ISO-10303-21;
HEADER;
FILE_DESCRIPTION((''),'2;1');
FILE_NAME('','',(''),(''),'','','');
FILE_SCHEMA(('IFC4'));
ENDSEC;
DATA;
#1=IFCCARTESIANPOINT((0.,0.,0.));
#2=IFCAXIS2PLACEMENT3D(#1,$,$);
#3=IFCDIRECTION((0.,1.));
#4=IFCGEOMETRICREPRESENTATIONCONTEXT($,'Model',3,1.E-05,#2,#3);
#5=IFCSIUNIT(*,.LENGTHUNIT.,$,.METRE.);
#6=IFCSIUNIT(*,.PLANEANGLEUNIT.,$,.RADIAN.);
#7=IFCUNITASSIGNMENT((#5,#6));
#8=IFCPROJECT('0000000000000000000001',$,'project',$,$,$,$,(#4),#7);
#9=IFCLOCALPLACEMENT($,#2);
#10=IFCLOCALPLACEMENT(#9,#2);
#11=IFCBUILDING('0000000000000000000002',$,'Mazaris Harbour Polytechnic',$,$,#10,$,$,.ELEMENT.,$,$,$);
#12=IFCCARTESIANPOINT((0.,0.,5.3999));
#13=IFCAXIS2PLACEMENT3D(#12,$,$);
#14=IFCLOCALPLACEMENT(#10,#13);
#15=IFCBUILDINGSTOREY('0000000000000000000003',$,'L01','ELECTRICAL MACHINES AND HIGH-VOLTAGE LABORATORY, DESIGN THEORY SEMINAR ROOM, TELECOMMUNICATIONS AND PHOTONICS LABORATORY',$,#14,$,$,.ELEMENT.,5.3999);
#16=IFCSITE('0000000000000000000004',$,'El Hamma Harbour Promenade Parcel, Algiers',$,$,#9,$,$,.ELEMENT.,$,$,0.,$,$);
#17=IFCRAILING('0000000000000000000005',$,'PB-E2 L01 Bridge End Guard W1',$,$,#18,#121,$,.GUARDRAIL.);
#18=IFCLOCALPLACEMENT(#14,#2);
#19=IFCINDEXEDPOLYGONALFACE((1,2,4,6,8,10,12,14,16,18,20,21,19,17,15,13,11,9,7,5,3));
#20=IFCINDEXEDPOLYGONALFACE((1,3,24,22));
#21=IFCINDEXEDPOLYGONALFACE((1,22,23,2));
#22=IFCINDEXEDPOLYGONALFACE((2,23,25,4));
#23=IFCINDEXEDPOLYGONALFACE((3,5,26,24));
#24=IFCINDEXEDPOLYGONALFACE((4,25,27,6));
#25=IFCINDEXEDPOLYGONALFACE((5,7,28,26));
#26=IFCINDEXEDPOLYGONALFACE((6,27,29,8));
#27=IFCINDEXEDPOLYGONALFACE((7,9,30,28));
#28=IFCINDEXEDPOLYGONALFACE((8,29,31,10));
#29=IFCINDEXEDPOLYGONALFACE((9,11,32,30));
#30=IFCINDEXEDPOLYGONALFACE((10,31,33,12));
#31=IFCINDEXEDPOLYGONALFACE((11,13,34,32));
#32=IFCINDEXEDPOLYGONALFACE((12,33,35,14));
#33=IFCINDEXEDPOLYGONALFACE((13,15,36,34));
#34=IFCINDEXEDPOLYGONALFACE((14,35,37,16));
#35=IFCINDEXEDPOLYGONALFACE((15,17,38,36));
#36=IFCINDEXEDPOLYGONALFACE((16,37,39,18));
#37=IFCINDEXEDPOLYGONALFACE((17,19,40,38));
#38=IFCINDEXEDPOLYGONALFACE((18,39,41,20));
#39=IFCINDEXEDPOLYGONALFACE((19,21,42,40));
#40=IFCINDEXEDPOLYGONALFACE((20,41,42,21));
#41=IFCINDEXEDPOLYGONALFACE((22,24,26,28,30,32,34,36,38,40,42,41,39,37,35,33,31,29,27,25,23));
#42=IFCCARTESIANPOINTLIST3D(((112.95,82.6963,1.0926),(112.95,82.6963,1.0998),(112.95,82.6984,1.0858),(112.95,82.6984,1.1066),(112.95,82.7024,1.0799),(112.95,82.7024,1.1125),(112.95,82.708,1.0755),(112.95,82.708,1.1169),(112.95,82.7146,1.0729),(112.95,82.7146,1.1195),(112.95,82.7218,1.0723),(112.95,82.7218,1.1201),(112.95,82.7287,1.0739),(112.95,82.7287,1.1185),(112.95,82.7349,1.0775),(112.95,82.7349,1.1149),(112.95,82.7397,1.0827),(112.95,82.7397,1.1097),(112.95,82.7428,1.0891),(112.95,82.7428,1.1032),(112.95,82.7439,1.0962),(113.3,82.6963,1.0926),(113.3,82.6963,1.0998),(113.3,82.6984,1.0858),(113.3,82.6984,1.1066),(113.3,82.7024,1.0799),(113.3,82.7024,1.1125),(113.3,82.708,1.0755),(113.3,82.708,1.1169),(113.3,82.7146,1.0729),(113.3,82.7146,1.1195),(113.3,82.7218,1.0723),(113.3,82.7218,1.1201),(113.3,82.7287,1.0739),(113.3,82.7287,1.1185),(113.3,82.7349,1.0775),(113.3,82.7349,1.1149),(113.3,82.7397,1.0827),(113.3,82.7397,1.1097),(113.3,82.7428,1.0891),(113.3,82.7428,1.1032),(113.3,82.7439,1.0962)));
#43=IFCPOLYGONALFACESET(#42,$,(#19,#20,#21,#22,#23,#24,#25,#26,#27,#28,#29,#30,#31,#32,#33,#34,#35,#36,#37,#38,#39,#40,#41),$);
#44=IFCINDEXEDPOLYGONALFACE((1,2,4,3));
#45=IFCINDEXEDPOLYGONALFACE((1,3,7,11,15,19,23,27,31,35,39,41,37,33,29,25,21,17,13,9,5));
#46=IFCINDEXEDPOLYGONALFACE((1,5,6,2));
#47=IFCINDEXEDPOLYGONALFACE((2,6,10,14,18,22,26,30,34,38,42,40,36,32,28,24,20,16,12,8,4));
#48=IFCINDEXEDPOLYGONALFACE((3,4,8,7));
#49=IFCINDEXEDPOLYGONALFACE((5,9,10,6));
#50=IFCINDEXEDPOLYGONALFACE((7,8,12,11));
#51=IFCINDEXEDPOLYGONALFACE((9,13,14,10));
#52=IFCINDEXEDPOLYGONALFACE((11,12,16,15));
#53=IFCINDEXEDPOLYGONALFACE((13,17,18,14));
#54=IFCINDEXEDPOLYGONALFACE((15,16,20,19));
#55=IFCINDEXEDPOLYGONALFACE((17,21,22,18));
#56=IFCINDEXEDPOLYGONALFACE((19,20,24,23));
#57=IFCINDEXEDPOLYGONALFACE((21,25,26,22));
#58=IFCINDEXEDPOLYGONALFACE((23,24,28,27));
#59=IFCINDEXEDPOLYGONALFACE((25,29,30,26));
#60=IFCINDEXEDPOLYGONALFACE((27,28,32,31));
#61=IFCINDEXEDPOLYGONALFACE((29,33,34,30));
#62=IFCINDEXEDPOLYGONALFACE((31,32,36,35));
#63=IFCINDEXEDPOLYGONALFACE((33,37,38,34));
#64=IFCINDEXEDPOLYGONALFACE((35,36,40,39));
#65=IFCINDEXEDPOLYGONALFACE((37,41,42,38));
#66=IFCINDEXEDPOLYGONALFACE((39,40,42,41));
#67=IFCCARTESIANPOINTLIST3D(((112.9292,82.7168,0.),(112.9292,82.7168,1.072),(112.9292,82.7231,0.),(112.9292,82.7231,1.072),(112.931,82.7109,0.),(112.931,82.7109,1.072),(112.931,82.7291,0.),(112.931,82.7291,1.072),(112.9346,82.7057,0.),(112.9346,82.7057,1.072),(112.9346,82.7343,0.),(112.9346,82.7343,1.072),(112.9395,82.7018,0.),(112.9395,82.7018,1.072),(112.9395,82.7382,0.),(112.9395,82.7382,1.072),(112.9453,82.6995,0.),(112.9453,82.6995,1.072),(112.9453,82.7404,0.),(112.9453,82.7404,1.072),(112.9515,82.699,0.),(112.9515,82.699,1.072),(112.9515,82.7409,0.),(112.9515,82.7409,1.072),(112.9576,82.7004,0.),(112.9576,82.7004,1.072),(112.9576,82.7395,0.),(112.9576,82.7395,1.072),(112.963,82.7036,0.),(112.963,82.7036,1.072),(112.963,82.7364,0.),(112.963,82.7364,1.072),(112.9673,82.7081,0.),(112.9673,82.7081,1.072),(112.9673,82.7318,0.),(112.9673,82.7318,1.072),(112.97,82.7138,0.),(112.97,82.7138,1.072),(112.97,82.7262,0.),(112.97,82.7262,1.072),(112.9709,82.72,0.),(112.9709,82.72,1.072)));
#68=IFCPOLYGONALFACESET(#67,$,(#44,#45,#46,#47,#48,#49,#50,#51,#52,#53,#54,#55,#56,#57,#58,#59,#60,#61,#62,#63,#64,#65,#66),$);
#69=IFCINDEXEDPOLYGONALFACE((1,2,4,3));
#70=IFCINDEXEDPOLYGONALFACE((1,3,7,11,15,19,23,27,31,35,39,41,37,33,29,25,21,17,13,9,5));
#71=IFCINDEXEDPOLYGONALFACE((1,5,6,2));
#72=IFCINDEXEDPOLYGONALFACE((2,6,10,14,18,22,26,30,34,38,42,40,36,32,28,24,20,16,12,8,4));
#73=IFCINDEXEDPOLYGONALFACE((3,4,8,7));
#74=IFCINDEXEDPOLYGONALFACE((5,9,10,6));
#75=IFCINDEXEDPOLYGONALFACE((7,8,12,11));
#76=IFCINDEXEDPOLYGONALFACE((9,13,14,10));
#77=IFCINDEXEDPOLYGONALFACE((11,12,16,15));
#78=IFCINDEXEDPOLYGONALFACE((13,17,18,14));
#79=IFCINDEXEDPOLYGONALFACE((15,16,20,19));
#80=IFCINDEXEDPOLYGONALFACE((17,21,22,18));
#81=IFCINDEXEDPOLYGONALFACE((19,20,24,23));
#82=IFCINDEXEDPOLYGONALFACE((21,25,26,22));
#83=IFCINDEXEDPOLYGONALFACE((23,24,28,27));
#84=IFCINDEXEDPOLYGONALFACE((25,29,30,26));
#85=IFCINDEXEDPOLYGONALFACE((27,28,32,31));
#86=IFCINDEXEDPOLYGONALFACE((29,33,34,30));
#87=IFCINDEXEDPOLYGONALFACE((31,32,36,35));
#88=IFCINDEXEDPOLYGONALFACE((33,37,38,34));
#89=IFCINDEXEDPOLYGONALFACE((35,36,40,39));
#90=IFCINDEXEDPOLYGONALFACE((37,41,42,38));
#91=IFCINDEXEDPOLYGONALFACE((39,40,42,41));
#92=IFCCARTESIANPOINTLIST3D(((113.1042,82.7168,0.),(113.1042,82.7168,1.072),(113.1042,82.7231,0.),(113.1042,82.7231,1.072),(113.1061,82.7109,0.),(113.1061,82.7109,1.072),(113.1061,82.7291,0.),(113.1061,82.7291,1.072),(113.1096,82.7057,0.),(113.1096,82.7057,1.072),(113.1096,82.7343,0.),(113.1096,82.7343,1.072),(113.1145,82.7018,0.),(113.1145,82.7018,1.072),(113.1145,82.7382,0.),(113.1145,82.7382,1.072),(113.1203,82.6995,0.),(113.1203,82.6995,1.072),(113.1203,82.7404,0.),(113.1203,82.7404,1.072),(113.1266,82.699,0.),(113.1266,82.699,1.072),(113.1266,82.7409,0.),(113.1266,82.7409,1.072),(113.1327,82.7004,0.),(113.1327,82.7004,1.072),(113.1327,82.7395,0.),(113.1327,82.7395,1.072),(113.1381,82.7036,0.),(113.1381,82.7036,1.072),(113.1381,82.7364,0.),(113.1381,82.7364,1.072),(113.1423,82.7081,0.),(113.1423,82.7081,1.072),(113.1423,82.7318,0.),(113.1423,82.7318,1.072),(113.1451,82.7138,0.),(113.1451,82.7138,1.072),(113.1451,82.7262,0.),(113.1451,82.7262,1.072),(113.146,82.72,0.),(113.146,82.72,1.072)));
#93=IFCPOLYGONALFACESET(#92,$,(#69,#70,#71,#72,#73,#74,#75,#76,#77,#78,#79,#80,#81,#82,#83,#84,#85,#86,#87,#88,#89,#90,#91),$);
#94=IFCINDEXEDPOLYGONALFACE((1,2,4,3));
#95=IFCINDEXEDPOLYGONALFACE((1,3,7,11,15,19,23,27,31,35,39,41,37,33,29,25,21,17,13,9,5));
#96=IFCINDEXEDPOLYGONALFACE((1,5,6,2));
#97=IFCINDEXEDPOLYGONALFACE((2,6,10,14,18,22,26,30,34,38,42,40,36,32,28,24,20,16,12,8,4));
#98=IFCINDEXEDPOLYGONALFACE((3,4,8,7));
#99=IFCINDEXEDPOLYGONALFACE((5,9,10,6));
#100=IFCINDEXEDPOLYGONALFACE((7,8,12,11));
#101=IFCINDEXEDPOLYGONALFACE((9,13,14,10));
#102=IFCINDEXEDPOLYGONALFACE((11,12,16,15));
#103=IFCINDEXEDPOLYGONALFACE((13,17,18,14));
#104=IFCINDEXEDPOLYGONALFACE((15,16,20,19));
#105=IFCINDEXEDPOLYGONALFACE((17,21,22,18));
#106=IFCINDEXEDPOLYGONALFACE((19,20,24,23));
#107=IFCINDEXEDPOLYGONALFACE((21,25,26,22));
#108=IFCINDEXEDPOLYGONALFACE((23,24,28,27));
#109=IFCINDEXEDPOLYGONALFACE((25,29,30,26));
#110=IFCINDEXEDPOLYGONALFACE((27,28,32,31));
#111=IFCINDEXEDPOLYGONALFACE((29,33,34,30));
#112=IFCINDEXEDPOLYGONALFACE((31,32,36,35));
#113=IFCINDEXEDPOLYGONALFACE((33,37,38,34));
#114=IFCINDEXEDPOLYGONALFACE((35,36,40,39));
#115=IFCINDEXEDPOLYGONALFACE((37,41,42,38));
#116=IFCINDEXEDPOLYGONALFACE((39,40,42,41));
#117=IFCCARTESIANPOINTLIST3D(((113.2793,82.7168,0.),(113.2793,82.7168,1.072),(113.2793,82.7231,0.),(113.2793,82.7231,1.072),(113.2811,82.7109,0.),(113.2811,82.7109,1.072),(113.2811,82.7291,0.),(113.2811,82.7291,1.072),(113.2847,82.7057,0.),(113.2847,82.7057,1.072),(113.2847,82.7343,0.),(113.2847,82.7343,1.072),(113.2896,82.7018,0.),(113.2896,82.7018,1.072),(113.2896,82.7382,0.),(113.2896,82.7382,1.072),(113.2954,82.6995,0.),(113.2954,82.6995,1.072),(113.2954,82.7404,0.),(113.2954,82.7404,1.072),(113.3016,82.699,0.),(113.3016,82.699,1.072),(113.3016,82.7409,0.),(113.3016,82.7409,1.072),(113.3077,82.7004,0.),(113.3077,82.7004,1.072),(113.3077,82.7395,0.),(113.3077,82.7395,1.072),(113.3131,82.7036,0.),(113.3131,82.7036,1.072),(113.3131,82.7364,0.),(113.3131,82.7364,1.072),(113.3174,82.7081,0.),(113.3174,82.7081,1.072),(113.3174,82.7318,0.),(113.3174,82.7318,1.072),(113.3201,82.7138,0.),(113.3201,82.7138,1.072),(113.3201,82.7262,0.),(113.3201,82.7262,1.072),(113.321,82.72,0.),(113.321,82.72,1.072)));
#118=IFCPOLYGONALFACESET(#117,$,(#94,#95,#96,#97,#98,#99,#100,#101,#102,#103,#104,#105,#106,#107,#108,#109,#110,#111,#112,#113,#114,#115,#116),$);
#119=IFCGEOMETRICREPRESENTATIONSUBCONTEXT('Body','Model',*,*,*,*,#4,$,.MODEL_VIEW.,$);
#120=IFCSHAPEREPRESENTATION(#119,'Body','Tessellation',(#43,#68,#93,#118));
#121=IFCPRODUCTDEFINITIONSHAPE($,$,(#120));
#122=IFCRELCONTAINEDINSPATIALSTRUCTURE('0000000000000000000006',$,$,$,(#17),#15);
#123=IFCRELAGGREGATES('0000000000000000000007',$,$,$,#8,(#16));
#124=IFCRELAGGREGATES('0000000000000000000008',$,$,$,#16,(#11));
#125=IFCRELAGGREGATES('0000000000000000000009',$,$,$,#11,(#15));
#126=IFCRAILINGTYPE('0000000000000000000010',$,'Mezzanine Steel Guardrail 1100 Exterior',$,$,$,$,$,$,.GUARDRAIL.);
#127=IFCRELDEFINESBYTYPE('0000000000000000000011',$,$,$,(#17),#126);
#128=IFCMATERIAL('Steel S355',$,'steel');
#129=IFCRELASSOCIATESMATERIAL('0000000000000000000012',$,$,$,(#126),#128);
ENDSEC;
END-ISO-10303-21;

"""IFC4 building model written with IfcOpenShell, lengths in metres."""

from ifc_helpers import new_model, si_unit, direction, frame, origin, origin_2d, place, context, subcontext, project, spatial, circle, extrude, material, type_object, element, save


model = new_model("IFC4")

# Units and contexts
model_context = context("Model", 3, precision=1e-05, world=origin(), true_north=direction((0.0, 1.0)))
body_context = subcontext(model_context, "Body", "Model", "MODEL_VIEW")
ifc_project = project(units=[si_unit("LENGTHUNIT", "METRE"), si_unit("PLANEANGLEUNIT", "RADIAN")], contexts=[model_context])

# Site, building, storey
site_placement = place(None, origin())
site = spatial("IfcSite", under=ifc_project, at=site_placement, Name="El Hamma Harbour Promenade Parcel, Algiers", CompositionType="ELEMENT", RefElevation=0.0)
building_placement = place(site_placement, origin())
building = spatial("IfcBuilding", under=site, at=building_placement, Name="Mazaris Harbour Polytechnic", CompositionType="ELEMENT")
storey_placement = place(building_placement, frame((0.0, 0.0, 5.3999)))
storey = spatial("IfcBuildingStorey", under=building, at=storey_placement, Name="L01", Description="ELECTRICAL MACHINES AND HIGH-VOLTAGE LABORATORY, DESIGN THEORY SEMINAR ROOM, TELECOMMUNICATIONS AND PHOTONICS LABORATORY", CompositionType="ELEMENT", Elevation=5.3999)

# Railing
ifc_material_1 = material(Name="Steel S355", Category="steel")
railing_type_1 = type_object("IfcRailingType", Name="Mezzanine Steel Guardrail 1100 Exterior", PredefinedType="GUARDRAIL", material=ifc_material_1)
for number, where, name in (
    (1, (112.95, 82.72, 0.0), "PB-E2 L01 Bridge End Guard W1"),
):
    element("IfcRailing", number, at=place(storey_placement, frame(where)), inside=storey, type_object=railing_type_1, Name=name, PredefinedType="GUARDRAIL", context=body_context, shape_type="SweptSolid", body=[
        extrude(circle(Radius=0.0239, at=origin_2d()), frame((0.0, 0.0, 1.0962), z_axis=(1.0, 0.0, 0.0), x_axis=(0.0, 1.0, 0.0)), (0.0, 0.0, 1.0), 0.3501),
        extrude(circle(Radius=0.021, at=origin_2d()), origin(), (0.0, 0.0, 1.0), 1.072),
        extrude(circle(Radius=0.021, at=origin_2d()), frame((0.175, 0.0, 0.0)), (0.0, 0.0, 1.0), 1.072),
        extrude(circle(Radius=0.021, at=origin_2d()), frame((0.3501, 0.0, 0.0)), (0.0, 0.0, 1.0), 1.072),
    ])

save(model, "model.ifc")
